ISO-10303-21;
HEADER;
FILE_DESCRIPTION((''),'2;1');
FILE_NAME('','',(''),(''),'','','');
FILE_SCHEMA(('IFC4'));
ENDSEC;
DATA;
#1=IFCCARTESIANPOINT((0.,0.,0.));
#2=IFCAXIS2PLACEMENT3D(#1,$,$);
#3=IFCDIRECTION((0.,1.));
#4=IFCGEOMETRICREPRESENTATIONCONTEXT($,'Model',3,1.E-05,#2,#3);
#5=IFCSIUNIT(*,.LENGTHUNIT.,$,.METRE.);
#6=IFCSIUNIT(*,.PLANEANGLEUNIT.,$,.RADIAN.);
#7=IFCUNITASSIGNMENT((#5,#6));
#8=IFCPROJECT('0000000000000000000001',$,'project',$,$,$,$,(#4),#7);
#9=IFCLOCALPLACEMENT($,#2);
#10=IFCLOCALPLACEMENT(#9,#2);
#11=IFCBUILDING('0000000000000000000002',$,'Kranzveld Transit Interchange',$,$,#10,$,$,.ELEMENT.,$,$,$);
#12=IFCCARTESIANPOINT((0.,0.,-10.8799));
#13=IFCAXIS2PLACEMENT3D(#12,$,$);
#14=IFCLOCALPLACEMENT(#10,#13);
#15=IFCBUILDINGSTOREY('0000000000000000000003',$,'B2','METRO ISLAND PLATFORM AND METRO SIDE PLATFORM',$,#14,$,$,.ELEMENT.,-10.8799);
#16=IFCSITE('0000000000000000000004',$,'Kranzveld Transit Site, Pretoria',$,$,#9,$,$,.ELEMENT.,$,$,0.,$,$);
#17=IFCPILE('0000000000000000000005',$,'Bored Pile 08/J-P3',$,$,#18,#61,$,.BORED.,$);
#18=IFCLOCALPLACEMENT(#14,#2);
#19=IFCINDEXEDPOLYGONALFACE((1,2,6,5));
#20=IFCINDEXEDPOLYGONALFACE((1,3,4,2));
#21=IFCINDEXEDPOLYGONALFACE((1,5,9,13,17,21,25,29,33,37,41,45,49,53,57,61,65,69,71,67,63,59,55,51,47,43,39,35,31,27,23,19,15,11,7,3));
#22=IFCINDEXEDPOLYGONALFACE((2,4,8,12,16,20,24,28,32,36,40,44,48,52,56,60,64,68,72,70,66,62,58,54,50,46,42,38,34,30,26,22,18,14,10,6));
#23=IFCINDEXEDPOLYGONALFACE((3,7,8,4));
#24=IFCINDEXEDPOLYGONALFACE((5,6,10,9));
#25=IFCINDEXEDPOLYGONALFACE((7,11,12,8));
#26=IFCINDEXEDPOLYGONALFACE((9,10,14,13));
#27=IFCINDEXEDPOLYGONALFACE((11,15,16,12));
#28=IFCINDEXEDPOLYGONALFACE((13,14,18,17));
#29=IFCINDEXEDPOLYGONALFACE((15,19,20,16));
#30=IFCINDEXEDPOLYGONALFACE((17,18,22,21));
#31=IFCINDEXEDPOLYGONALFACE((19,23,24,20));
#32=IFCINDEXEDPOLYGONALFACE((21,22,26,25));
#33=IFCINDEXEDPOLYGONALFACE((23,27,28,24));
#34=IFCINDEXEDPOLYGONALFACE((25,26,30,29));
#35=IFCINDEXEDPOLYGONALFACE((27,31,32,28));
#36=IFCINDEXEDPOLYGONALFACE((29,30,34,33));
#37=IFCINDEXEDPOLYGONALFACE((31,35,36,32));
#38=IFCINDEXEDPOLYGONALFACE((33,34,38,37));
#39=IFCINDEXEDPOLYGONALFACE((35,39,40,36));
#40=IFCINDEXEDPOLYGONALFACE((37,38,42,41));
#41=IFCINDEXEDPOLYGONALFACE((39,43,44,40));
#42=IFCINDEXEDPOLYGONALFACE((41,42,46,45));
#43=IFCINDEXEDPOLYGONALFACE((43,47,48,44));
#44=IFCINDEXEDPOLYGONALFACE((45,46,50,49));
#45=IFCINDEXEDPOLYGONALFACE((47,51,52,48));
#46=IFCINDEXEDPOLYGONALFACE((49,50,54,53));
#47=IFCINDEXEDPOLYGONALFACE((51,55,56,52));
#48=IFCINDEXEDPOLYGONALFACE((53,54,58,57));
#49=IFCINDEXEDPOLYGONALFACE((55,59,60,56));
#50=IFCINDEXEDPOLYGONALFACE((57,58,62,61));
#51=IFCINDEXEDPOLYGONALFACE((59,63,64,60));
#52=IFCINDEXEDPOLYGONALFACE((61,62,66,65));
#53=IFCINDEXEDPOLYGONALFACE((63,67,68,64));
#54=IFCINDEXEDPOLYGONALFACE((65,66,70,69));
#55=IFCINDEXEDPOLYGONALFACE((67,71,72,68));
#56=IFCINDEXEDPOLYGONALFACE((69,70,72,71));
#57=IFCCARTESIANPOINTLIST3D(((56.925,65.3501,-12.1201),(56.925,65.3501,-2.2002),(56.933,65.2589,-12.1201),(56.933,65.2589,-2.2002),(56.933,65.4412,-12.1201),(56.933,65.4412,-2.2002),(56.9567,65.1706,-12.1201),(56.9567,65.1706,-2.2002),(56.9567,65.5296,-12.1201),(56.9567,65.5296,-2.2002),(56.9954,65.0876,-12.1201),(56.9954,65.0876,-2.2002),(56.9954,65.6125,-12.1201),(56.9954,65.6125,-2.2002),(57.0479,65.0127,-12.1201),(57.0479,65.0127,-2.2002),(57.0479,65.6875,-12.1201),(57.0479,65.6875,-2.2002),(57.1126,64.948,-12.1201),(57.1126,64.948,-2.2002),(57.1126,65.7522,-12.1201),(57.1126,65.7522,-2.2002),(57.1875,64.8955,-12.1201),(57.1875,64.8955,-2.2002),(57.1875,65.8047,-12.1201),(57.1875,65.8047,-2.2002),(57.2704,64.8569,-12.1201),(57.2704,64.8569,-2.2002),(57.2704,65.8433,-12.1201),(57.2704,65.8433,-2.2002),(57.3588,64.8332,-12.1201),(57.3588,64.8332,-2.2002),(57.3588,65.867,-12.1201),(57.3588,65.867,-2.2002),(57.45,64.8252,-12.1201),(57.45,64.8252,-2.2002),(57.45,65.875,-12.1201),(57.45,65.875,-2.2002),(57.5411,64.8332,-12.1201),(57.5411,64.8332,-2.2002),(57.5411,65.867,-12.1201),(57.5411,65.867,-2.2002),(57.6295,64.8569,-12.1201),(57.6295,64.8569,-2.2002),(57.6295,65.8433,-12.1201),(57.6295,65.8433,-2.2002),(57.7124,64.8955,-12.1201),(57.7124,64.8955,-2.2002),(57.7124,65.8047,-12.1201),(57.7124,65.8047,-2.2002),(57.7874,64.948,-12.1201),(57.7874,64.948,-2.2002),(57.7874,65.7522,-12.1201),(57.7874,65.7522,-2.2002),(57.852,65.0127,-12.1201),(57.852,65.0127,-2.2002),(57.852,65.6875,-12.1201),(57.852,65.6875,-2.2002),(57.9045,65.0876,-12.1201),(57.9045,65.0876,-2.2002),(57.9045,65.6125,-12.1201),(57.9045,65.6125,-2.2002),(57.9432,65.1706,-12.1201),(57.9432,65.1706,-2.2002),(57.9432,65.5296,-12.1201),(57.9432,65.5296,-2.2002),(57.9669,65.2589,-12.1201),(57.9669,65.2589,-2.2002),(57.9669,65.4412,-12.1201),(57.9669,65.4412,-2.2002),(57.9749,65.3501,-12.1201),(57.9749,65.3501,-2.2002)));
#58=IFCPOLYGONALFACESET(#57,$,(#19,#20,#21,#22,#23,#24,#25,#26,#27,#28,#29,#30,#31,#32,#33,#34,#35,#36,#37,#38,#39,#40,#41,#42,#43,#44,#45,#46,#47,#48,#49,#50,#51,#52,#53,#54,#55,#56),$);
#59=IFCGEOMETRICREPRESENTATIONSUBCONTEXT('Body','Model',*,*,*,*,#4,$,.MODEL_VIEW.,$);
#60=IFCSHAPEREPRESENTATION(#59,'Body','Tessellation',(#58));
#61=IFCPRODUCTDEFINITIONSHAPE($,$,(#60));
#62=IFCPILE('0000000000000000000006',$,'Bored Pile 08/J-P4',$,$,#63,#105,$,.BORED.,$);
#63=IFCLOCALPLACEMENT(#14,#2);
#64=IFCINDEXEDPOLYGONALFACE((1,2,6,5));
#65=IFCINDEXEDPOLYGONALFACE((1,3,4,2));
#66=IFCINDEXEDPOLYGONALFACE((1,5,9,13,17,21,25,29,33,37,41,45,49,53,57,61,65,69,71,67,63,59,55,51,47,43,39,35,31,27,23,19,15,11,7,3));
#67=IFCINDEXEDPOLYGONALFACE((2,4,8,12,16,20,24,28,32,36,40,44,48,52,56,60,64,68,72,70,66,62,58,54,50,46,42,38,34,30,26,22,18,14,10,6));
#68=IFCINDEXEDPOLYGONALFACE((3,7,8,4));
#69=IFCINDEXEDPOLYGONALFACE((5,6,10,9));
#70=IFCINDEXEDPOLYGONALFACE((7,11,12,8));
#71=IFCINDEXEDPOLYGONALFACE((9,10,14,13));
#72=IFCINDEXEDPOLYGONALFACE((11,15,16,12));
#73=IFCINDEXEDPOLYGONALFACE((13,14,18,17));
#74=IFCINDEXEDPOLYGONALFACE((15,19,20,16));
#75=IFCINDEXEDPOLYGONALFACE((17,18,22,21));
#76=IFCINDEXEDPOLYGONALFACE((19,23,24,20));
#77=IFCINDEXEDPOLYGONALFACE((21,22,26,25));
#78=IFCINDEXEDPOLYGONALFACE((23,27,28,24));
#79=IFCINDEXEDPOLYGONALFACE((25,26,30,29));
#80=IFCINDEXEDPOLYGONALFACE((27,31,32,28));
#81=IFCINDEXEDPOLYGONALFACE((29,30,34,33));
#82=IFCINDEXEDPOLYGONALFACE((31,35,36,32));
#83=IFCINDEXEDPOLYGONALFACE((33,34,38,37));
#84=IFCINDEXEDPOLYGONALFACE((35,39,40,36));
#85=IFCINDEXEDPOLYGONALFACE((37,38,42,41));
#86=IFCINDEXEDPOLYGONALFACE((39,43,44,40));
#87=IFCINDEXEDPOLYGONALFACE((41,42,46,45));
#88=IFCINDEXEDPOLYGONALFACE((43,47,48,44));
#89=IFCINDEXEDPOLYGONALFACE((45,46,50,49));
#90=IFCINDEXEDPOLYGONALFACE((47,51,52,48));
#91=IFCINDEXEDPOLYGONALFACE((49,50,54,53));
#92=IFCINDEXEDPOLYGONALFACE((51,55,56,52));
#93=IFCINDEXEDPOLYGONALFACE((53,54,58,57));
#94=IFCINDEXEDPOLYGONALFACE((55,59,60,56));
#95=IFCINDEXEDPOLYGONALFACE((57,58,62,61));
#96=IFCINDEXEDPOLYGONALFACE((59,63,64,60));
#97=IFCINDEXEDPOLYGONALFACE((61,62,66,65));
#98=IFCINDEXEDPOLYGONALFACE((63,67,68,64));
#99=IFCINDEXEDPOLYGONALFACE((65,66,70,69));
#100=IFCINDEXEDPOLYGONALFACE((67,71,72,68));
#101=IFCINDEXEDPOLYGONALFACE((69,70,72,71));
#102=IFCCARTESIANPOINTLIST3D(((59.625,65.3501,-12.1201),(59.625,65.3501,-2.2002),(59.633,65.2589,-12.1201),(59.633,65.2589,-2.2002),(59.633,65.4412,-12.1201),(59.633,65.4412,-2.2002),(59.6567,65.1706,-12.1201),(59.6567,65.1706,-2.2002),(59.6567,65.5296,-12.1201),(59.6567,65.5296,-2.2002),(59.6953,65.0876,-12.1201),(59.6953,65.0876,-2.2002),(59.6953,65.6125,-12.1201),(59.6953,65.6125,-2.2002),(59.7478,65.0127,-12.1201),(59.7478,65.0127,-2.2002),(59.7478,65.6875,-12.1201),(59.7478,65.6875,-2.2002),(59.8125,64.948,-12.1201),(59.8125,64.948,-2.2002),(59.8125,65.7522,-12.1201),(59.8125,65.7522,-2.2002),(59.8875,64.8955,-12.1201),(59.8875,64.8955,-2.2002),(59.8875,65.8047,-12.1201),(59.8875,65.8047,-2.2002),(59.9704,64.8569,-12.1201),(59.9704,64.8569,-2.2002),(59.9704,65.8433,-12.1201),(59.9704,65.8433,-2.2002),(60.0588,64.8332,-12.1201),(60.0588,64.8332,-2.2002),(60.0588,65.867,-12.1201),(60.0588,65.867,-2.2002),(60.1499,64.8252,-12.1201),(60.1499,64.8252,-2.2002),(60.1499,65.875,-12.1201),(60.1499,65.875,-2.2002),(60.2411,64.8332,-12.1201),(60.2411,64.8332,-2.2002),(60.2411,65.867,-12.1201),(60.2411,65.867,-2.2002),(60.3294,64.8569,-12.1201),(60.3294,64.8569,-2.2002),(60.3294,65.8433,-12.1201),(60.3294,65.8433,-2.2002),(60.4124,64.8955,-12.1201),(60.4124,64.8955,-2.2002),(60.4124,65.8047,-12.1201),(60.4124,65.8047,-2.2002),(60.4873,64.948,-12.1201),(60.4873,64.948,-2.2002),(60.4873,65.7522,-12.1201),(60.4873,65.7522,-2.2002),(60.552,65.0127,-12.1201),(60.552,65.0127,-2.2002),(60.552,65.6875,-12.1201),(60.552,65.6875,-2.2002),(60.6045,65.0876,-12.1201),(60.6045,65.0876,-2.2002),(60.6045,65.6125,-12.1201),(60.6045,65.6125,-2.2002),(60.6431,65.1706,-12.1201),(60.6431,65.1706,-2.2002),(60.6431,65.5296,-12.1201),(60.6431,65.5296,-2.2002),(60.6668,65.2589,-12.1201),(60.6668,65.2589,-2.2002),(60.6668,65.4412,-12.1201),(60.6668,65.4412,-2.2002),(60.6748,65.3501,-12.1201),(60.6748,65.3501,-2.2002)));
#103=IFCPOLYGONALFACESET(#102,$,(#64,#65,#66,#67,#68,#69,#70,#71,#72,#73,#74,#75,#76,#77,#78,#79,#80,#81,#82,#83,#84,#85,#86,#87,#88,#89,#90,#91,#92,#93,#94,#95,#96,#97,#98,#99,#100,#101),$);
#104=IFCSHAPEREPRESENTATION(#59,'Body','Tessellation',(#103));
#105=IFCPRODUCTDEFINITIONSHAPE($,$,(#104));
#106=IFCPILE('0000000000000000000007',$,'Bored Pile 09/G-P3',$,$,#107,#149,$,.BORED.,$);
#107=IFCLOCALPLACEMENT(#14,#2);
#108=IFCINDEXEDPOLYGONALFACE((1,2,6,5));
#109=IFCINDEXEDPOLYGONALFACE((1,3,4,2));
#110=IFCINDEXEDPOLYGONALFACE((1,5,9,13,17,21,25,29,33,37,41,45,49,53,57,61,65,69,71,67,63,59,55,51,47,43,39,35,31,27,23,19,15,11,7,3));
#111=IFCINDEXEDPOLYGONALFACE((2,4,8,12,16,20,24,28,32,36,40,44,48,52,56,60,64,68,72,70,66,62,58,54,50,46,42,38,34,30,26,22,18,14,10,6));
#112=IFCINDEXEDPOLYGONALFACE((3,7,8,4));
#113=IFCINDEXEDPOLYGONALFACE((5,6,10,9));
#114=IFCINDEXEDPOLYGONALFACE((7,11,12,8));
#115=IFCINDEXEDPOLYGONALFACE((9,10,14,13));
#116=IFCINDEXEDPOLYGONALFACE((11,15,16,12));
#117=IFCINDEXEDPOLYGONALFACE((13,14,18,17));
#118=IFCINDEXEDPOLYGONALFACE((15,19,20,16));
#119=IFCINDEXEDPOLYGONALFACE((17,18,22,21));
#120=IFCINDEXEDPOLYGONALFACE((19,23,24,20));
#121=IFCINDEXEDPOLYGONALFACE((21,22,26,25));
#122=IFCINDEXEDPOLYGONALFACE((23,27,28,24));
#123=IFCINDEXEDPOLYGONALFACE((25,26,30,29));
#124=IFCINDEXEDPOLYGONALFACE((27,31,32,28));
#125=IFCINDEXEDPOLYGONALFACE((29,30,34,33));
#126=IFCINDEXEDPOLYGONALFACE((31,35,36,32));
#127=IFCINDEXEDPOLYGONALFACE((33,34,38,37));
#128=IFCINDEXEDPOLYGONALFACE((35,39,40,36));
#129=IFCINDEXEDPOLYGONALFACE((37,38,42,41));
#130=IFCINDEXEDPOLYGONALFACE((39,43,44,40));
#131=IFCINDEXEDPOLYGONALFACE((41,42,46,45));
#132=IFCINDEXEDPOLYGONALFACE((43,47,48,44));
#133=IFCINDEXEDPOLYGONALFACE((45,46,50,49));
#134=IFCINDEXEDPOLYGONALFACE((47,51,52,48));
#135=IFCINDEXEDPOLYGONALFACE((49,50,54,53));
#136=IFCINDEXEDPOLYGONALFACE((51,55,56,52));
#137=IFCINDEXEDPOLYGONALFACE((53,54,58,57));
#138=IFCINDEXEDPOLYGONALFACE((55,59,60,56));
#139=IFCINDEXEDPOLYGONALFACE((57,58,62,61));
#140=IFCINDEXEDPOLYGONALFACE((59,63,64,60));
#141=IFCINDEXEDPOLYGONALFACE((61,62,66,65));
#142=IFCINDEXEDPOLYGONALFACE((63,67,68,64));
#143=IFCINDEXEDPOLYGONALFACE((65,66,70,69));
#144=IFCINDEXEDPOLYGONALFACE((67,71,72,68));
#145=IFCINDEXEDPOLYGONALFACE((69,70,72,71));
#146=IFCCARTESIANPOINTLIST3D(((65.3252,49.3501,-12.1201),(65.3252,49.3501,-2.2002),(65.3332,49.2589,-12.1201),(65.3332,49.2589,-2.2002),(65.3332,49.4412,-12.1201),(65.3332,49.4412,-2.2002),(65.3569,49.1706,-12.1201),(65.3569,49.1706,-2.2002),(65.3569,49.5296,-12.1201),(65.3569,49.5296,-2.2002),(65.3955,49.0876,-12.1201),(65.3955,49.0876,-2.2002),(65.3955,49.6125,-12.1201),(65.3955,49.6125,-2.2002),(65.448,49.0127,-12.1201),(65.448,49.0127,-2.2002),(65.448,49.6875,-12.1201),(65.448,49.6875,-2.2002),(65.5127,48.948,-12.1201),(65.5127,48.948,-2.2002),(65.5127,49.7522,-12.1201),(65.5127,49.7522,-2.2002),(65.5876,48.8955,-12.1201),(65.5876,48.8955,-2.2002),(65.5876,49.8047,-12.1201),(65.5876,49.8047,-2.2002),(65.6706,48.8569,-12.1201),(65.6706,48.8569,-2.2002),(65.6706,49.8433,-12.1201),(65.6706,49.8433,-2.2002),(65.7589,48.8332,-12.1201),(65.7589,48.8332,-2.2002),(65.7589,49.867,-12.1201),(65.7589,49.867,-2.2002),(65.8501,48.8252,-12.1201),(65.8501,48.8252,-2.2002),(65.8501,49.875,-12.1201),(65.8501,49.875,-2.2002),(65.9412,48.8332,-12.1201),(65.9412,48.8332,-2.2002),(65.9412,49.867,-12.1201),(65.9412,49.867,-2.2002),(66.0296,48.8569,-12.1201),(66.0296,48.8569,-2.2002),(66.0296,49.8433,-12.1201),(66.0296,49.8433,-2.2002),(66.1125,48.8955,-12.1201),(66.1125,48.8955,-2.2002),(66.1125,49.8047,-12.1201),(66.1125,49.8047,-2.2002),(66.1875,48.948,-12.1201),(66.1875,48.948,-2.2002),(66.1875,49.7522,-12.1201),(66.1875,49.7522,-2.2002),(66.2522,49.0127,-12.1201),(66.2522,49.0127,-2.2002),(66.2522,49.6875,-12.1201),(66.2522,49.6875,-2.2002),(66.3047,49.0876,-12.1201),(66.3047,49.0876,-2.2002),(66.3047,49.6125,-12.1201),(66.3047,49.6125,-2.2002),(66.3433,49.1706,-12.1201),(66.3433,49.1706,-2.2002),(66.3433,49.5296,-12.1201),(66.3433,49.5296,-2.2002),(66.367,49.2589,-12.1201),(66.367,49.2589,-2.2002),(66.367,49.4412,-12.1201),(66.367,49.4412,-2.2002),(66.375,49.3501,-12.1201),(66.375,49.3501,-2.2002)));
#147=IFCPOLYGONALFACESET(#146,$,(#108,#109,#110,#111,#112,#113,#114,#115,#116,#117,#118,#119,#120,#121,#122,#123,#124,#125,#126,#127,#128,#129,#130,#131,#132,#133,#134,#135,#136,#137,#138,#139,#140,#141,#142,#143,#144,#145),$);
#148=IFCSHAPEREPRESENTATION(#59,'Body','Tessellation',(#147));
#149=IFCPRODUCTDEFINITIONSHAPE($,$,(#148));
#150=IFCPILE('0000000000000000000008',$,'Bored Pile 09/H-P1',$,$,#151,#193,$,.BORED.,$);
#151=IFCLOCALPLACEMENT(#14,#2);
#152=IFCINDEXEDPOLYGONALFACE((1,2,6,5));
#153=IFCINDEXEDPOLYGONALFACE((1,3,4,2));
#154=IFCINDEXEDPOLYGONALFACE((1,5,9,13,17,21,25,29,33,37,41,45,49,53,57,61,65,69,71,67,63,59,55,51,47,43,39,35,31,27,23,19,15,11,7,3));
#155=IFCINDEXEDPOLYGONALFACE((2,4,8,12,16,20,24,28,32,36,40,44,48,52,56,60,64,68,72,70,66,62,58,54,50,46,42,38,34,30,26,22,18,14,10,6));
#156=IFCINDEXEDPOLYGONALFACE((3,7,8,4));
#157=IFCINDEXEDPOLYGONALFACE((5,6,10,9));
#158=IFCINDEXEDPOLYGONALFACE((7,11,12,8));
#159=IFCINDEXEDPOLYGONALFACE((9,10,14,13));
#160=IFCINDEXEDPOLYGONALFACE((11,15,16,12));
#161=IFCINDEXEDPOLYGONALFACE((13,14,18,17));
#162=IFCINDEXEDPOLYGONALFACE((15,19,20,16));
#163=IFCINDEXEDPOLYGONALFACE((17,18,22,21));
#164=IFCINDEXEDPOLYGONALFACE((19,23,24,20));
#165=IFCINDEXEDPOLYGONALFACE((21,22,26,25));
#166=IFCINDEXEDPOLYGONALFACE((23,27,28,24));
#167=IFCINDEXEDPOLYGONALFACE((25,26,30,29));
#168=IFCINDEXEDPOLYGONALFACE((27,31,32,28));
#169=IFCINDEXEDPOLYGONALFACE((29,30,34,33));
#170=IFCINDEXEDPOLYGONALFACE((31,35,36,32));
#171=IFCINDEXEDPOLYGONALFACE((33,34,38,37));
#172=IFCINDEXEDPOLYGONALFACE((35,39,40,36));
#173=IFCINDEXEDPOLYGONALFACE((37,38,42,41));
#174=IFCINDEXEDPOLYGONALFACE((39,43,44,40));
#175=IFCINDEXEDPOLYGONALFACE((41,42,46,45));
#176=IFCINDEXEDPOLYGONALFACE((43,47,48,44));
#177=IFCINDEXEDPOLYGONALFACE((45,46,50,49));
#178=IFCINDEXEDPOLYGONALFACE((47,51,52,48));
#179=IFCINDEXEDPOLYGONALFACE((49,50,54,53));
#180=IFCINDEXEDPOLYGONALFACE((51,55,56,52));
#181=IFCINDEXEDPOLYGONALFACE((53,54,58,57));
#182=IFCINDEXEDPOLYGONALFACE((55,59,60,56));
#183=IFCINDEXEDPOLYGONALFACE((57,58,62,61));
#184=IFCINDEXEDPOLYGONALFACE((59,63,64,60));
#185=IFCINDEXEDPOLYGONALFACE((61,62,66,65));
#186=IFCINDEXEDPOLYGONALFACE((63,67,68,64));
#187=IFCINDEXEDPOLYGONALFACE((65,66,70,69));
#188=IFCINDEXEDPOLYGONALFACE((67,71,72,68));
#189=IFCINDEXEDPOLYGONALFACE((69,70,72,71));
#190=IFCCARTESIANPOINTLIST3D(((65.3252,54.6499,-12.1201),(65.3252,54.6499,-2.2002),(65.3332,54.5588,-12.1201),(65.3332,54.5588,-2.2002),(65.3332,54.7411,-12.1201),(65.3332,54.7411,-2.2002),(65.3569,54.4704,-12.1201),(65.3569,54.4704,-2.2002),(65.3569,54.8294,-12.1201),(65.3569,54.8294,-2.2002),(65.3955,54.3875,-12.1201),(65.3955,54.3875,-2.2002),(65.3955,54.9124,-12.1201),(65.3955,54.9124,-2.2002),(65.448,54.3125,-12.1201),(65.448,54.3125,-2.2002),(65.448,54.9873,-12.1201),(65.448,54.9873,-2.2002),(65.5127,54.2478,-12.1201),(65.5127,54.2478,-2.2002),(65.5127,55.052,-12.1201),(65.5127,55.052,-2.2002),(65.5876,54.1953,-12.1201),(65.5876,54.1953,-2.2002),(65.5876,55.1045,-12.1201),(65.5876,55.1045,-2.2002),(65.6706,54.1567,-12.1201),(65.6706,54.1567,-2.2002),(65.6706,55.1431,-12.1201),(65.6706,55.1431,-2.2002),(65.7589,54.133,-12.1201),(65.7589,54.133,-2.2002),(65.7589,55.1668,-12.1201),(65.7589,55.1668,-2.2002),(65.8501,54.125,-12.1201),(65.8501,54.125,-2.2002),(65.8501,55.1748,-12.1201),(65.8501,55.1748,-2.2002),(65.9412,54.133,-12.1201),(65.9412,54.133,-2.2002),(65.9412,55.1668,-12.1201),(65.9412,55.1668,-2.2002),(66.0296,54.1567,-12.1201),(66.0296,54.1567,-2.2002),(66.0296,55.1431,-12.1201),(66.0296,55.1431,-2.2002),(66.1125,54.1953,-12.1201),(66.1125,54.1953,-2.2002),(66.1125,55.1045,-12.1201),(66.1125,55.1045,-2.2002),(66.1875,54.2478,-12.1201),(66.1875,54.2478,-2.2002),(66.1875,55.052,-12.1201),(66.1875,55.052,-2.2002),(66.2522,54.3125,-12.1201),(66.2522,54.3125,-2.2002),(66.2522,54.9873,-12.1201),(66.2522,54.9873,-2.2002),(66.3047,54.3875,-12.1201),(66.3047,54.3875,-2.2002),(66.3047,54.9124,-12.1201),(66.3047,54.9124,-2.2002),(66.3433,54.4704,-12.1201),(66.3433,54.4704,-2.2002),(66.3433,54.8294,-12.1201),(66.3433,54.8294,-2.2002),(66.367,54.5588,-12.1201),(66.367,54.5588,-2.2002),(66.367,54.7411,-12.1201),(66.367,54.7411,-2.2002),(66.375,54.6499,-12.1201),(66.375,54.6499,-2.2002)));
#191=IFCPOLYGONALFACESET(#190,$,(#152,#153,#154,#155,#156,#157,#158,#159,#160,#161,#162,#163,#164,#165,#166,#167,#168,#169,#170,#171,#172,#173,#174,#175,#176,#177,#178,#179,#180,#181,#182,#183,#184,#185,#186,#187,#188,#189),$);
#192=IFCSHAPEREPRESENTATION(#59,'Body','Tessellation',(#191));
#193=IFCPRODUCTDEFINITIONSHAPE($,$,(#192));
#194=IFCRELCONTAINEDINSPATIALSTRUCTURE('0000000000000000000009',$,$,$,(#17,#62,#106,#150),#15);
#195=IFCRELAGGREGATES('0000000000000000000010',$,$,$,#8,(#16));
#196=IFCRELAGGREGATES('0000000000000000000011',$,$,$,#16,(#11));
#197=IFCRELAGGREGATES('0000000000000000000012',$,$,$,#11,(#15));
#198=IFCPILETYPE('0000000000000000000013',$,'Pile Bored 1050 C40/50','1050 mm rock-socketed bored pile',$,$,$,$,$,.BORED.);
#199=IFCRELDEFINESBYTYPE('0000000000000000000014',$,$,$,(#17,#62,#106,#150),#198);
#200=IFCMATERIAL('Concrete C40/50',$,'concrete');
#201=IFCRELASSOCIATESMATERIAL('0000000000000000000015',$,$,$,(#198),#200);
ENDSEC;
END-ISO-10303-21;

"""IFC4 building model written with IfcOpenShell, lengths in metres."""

from ifc_helpers import new_model, si_unit, direction, frame, origin, origin_2d, place, context, subcontext, project, spatial, circle, extrude, material, material_profile, profile_set, type_object, element, save


model = new_model("IFC4")

# Units and contexts
model_context = context("Model", 3, precision=1e-05, world=origin(), true_north=direction((0.0, 1.0)))
body_context = subcontext(model_context, "Body", "Model", "MODEL_VIEW")
ifc_project = project(units=[si_unit("LENGTHUNIT", "METRE"), si_unit("PLANEANGLEUNIT", "RADIAN")], contexts=[model_context])

# Site, building, storey
site_placement = place(None, origin())
site = spatial("IfcSite", under=ifc_project, at=site_placement, Name="Kranzveld Transit Site, Pretoria", CompositionType="ELEMENT", RefElevation=0.0)
building_placement = place(site_placement, origin())
building = spatial("IfcBuilding", under=site, at=building_placement, Name="Kranzveld Transit Interchange", CompositionType="ELEMENT")
storey_placement = place(building_placement, frame((0.0, 0.0, -10.8799)))
storey = spatial("IfcBuildingStorey", under=building, at=storey_placement, Name="B2", Description="METRO ISLAND PLATFORM AND METRO SIDE PLATFORM", CompositionType="ELEMENT", Elevation=-10.8799)

# Piles
ifc_material_1 = material(Name="Concrete C40/50", Category="concrete")
ifc_material_profile_1 = material_profile(ifc_material_1, circle(Radius=0.5249, at=origin_2d()), Name="BORED PILE 1050")
ifc_profile_set_1 = profile_set([ifc_material_profile_1], Name="Concrete C40/50")
pile_type = type_object("IfcPileType", Name="Pile Bored 1050 C40/50", Description="1050 mm rock-socketed bored pile", PredefinedType="BORED", material=ifc_profile_set_1)
for number, where, z_axis, x_axis, name in (
    (1, (57.45, 65.3501, -2.2002), (0.0, 0.0, -1.0), (1.0, 0.0, 0.0), "Bored Pile 08/J-P3"),
    (2, (60.1499, 65.3501, -2.2002), (0.0, 0.0, -1.0), (1.0, 0.0, 0.0), "Bored Pile 08/J-P4"),
    (3, (65.8501, 49.3501, -2.2002), (0.0, 0.0, -1.0), (1.0, 0.0, 0.0), "Bored Pile 09/G-P3"),
    (4, (65.8501, 54.6499, -2.2002), (0.0, 0.0, -1.0), (1.0, 0.0, 0.0), "Bored Pile 09/H-P1"),
):
    element("IfcPile", number, at=place(storey_placement, frame(where, z_axis=z_axis, x_axis=x_axis)), inside=storey, type_object=pile_type, Name=name, PredefinedType="BORED", context=body_context, shape_type="SweptSolid", body=[
        extrude(circle(Radius=0.5249, at=origin_2d()), origin(), (0.0, 0.0, 1.0), 9.9199),
    ])

save(model, "model.ifc")
